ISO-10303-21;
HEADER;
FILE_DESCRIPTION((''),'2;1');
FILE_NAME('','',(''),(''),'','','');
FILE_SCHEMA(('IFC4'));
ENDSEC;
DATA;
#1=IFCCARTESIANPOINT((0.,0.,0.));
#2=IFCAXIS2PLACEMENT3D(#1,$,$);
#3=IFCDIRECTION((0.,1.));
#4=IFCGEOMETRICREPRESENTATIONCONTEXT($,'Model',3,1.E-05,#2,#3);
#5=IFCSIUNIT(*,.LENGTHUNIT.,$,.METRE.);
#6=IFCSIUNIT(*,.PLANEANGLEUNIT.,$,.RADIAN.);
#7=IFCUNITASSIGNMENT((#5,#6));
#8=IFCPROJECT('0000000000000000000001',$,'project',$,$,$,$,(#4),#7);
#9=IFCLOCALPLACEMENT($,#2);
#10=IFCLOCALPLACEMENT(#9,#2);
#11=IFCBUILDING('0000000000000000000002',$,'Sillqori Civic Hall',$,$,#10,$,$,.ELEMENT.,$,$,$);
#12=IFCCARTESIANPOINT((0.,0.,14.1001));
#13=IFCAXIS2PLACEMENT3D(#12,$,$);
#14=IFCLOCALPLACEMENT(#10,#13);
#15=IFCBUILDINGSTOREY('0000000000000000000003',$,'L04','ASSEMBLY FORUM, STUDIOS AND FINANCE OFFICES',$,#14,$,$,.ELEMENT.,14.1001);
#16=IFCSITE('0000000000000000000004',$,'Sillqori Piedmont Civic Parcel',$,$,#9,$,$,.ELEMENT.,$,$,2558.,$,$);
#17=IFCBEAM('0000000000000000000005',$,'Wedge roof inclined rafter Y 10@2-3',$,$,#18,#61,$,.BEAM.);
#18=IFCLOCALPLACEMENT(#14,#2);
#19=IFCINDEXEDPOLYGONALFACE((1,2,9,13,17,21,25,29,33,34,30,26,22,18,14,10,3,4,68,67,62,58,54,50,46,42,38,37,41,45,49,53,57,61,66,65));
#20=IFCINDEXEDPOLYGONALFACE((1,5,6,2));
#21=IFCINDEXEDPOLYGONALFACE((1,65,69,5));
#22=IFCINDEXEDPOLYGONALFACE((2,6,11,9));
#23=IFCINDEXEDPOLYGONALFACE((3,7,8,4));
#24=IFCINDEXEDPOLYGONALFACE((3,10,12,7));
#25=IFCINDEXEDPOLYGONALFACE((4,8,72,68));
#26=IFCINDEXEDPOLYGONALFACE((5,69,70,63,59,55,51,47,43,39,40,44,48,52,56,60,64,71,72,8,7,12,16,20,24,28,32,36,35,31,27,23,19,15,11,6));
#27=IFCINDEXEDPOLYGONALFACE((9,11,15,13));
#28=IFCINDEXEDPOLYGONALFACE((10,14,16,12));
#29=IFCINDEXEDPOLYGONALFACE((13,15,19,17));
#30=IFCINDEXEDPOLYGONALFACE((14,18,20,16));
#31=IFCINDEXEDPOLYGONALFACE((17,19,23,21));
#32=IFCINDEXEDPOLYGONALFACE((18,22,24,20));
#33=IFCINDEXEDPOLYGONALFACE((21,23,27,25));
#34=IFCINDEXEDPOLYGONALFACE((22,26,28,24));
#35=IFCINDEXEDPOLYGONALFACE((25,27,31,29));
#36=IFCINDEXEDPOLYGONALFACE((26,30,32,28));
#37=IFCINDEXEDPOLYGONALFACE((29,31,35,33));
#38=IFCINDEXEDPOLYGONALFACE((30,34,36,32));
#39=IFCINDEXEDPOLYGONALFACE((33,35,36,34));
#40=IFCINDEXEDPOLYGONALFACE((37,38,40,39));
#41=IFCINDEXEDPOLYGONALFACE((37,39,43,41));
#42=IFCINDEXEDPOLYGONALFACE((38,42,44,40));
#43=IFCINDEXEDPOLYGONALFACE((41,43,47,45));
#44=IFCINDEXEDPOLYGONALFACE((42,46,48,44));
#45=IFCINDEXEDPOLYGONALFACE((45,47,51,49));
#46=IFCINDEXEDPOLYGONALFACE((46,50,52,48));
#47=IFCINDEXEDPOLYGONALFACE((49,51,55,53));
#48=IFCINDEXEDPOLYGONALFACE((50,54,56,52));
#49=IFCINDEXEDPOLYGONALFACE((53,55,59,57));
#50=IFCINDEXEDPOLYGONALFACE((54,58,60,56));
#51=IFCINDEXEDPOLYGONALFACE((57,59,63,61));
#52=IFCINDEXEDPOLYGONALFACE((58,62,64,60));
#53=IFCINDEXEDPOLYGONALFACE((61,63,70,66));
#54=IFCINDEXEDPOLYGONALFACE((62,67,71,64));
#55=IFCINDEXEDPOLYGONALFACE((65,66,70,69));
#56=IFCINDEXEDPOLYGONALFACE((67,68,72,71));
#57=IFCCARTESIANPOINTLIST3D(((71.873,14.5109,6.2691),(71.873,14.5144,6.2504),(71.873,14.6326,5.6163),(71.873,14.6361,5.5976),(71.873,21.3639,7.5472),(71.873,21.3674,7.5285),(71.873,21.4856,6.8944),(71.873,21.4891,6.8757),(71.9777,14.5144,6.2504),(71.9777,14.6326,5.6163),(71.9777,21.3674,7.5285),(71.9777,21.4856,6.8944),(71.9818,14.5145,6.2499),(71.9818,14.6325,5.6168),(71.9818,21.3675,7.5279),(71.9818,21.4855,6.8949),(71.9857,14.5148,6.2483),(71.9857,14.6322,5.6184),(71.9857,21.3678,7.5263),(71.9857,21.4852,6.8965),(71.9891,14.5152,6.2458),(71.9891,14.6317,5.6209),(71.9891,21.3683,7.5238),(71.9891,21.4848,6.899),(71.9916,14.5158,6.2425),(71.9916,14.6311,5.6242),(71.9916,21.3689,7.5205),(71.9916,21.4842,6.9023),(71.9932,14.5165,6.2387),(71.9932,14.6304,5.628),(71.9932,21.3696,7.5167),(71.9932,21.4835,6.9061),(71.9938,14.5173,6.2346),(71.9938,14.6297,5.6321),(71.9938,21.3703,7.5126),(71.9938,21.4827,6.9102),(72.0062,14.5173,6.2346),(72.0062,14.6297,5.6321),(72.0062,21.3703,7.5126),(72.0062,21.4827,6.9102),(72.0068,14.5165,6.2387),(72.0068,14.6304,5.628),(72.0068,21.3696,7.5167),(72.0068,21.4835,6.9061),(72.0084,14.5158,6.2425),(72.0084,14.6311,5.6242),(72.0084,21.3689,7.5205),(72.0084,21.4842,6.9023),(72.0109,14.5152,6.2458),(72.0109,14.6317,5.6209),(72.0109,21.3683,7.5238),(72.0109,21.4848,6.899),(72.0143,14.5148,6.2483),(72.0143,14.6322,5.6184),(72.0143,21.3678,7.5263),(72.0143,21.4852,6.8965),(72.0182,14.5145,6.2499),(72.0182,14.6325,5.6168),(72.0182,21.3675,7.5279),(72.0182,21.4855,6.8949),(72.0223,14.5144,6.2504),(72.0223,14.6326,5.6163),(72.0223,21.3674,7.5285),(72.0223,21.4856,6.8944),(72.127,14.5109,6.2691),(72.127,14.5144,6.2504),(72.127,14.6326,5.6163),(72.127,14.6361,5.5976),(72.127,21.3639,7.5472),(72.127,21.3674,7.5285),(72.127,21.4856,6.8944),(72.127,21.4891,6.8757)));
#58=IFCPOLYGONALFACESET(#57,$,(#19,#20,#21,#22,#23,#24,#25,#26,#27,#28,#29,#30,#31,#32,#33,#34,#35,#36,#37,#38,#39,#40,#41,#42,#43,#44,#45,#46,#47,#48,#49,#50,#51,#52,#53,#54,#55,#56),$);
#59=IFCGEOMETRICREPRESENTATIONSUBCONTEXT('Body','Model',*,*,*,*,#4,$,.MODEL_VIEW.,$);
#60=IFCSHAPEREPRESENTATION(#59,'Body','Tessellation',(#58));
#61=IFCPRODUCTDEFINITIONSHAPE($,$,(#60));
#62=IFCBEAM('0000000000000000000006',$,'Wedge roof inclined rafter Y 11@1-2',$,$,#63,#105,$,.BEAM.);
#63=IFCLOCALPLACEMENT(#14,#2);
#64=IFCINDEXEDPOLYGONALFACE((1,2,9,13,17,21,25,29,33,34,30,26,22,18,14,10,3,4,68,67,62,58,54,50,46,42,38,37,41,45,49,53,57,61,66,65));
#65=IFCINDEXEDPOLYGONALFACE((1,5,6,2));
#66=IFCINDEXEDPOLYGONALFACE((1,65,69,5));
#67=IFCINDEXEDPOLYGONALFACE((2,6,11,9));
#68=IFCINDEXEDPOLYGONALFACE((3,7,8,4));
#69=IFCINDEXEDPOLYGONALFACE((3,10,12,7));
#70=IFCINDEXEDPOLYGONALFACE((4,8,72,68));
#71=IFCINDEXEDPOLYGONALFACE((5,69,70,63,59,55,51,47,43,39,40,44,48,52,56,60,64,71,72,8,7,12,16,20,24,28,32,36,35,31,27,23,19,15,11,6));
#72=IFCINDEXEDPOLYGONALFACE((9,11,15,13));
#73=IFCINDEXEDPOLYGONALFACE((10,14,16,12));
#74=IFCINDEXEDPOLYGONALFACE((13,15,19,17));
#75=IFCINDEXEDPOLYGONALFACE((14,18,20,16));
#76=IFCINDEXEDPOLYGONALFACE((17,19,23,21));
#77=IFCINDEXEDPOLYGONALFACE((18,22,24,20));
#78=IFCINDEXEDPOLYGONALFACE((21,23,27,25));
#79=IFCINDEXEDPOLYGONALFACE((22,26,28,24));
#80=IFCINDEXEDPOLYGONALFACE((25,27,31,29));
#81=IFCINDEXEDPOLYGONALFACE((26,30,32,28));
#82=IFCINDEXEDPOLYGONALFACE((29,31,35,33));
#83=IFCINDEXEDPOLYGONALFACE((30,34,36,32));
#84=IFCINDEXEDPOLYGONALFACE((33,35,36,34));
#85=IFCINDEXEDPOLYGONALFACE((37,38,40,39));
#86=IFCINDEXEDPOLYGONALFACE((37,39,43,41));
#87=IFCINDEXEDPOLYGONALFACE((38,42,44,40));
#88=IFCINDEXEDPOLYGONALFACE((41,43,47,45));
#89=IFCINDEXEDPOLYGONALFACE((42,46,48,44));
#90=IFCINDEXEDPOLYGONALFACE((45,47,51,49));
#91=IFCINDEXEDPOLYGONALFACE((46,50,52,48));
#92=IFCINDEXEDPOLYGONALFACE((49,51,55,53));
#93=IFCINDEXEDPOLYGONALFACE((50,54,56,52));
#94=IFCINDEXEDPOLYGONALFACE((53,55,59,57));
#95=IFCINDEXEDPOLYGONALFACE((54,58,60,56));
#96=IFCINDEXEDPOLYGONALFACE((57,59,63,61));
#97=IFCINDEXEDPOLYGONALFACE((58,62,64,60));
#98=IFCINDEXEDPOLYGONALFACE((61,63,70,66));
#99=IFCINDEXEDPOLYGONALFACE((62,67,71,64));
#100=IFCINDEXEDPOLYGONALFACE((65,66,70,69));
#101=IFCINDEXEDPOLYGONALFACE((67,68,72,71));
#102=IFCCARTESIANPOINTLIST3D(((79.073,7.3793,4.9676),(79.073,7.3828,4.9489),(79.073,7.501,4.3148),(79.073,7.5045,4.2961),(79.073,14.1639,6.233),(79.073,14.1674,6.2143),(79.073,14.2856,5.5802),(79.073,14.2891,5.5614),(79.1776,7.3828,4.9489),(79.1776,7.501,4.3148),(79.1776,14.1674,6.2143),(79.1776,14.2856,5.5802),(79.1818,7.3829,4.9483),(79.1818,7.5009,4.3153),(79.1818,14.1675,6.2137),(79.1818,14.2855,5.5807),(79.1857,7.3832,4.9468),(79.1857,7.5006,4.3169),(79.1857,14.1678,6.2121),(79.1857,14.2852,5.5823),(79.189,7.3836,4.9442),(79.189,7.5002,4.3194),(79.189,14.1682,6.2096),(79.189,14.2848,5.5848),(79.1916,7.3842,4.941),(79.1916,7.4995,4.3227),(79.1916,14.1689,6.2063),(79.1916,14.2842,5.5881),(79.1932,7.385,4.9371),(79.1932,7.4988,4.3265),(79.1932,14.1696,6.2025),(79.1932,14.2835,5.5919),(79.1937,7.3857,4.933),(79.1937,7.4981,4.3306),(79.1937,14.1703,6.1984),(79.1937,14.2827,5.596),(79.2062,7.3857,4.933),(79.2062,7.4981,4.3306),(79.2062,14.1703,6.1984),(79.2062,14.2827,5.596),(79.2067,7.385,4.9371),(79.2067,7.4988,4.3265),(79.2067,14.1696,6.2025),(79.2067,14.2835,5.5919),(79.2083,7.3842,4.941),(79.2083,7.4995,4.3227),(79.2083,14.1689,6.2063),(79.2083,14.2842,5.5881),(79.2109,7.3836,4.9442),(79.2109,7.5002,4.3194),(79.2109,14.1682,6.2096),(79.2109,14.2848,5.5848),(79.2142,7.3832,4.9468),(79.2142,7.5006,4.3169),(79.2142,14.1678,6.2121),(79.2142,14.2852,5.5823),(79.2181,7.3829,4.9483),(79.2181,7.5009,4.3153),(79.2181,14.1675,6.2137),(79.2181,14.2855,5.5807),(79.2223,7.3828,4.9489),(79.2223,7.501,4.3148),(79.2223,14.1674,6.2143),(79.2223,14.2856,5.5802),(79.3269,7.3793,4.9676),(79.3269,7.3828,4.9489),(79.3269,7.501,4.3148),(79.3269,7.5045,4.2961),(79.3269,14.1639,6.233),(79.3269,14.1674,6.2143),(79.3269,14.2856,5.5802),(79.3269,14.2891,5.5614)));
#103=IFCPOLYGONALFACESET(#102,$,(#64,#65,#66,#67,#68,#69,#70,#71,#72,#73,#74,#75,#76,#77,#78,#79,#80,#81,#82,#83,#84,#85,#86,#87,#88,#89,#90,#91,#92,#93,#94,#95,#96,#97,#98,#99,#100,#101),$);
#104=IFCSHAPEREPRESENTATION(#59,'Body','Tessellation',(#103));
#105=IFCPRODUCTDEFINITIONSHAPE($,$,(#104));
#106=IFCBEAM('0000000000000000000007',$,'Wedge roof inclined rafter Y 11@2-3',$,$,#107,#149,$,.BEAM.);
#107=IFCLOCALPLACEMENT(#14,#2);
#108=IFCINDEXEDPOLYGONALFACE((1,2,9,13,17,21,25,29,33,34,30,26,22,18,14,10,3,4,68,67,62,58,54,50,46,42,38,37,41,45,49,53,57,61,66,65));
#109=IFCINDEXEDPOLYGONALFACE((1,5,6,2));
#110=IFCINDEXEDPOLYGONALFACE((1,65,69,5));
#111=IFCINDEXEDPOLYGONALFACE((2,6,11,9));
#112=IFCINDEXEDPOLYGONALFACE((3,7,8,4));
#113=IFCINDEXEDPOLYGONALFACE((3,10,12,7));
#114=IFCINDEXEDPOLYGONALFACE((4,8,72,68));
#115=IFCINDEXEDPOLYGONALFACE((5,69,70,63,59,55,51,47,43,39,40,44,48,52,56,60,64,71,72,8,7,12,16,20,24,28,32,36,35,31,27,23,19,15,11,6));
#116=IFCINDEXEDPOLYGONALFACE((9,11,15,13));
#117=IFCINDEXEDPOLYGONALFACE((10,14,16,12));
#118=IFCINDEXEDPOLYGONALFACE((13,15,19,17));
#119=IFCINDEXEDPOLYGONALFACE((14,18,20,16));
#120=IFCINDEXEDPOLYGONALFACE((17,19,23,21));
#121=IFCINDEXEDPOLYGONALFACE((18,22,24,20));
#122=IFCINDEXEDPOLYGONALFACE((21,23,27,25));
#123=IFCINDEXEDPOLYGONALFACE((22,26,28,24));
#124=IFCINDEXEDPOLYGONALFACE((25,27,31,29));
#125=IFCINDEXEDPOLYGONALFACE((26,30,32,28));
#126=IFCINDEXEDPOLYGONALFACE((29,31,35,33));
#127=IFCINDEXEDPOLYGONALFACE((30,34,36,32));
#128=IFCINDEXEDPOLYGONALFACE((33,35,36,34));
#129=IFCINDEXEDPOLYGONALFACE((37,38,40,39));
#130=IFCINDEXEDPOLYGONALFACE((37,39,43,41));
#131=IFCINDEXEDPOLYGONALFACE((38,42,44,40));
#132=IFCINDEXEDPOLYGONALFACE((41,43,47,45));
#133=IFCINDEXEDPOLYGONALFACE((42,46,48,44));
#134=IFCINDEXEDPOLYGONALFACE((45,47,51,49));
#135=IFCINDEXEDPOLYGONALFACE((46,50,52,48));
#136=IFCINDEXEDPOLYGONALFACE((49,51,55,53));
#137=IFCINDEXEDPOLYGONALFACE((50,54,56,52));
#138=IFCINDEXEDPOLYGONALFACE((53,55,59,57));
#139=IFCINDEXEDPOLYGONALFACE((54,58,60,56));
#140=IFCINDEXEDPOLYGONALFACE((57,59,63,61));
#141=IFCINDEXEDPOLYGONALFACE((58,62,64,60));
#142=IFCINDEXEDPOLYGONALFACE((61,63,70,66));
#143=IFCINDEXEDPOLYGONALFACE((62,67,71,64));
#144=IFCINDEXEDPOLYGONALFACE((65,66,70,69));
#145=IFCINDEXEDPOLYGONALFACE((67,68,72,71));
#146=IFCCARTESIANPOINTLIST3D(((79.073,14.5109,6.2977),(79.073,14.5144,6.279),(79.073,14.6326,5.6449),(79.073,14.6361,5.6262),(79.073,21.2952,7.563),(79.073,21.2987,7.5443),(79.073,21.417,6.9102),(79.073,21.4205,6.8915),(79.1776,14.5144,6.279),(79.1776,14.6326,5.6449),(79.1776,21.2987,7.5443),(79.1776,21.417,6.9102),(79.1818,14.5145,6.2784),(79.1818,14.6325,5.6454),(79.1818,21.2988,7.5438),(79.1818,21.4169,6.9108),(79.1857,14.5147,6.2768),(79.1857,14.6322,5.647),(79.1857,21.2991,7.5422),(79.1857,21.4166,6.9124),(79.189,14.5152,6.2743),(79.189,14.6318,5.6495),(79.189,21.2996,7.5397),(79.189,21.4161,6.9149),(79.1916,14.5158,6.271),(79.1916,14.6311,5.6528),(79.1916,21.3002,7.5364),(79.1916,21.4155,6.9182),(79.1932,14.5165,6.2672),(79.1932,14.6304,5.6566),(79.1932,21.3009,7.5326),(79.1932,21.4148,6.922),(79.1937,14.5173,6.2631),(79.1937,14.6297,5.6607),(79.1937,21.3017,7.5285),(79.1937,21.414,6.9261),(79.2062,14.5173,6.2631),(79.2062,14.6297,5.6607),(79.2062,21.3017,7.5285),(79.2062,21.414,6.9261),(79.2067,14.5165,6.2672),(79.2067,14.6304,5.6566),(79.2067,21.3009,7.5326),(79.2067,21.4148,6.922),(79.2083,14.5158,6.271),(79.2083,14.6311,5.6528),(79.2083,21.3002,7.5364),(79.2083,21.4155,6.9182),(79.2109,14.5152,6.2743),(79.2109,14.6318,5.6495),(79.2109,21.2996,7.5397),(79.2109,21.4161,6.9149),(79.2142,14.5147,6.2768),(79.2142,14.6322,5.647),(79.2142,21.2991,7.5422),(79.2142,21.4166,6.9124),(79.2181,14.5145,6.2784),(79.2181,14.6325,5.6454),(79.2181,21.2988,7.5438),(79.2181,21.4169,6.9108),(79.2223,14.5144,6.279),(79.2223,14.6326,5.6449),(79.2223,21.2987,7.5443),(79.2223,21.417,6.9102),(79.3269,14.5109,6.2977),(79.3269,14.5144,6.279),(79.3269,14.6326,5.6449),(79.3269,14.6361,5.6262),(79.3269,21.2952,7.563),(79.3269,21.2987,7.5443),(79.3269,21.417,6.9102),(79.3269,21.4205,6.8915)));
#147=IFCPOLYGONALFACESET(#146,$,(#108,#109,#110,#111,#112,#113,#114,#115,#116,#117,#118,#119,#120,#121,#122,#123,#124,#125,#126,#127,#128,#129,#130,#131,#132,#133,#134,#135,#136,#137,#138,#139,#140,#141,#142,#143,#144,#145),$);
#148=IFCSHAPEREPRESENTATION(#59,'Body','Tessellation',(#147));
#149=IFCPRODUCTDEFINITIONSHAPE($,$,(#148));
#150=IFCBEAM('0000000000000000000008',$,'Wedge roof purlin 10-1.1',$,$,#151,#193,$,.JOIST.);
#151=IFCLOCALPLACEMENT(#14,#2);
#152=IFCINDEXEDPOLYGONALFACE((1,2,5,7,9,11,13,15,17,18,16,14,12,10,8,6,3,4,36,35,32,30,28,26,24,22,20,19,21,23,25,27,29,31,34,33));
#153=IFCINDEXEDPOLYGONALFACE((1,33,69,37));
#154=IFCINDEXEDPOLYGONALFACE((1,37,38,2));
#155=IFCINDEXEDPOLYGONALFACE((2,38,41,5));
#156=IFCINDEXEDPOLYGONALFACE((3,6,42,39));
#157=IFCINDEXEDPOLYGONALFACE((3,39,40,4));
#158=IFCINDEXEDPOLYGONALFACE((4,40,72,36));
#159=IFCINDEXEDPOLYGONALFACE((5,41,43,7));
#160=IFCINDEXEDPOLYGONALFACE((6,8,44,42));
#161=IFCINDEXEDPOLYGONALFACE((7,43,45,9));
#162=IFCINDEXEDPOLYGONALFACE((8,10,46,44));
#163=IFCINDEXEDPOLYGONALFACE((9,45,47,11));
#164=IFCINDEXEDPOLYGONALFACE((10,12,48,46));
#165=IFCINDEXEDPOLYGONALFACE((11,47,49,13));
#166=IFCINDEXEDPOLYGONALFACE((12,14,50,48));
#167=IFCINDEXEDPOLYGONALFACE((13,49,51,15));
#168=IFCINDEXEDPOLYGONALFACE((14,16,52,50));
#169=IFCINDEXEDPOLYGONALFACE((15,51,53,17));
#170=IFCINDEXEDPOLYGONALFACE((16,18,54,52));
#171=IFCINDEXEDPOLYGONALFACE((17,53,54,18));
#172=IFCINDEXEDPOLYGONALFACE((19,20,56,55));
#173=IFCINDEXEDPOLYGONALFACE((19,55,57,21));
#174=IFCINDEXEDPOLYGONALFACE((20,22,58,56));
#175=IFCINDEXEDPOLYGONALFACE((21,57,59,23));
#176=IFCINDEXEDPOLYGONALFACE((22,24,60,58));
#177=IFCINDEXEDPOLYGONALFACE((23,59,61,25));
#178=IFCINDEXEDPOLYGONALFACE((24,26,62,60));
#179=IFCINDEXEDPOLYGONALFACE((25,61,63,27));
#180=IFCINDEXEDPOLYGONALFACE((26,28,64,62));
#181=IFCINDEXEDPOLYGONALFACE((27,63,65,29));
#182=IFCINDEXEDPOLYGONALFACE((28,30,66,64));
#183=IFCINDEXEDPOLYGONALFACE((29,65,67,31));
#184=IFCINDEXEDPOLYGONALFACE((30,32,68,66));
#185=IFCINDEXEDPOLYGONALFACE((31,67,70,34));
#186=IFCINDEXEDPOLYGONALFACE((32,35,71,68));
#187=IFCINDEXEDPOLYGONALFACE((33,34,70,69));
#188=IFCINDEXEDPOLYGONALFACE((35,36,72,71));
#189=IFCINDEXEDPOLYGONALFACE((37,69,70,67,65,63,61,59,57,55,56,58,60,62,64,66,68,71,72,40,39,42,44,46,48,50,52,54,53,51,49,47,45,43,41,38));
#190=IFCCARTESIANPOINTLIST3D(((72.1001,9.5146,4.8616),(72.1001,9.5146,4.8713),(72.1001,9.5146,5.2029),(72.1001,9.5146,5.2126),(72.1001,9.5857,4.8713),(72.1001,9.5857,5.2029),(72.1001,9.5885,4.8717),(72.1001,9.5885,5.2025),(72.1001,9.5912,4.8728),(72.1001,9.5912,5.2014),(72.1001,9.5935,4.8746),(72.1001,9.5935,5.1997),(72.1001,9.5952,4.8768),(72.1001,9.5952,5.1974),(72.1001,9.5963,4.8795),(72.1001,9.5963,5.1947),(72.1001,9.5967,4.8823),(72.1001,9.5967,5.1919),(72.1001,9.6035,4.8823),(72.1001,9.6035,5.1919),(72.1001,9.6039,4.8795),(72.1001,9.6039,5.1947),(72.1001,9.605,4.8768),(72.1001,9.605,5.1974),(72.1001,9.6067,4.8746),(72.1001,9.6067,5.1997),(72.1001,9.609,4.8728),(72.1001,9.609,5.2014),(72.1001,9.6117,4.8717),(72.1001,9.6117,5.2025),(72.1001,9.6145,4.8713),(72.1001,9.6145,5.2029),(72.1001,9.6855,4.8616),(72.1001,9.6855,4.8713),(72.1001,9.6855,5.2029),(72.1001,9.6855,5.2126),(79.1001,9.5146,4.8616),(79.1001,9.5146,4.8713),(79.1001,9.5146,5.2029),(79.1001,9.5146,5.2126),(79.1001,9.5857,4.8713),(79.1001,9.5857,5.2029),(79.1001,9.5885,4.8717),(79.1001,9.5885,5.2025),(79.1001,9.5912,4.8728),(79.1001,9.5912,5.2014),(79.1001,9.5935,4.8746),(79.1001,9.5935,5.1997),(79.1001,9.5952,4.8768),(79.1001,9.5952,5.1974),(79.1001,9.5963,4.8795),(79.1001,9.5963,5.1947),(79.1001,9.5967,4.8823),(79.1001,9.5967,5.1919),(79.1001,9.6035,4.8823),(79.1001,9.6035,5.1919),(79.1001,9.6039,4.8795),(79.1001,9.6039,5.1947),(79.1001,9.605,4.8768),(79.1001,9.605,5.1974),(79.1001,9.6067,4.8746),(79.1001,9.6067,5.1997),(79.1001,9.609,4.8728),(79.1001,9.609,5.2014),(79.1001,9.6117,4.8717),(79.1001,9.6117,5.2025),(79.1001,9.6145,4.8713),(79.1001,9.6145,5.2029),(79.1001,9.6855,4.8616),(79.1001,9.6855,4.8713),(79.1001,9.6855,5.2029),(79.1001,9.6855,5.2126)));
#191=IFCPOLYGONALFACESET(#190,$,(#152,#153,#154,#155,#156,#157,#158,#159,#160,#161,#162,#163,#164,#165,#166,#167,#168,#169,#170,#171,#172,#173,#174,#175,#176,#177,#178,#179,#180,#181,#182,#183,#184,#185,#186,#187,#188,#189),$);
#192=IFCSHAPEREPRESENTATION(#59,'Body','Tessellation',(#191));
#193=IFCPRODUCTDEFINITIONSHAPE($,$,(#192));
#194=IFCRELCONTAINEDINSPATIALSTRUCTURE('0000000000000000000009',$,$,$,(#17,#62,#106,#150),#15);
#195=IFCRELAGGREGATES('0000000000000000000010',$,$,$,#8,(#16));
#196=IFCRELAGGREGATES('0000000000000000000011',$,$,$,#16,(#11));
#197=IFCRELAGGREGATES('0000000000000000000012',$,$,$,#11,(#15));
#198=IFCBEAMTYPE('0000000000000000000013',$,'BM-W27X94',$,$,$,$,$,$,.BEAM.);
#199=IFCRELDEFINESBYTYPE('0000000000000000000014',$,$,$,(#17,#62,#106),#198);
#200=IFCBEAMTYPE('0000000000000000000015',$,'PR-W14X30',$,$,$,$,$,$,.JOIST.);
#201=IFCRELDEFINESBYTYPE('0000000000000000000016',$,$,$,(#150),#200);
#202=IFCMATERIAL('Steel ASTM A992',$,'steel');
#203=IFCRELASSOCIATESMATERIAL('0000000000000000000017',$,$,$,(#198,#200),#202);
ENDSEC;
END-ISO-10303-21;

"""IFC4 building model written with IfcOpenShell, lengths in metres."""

from ifc_helpers import new_model, si_unit, direction, frame, origin, origin_2d, place, context, subcontext, project, spatial, i_section, extrude, material, material_profile, profile_set, type_object, element, save


model = new_model("IFC4")

# Units and contexts
model_context = context("Model", 3, precision=1e-05, world=origin(), true_north=direction((0.0, 1.0)))
body_context = subcontext(model_context, "Body", "Model", "MODEL_VIEW")
ifc_project = project(units=[si_unit("LENGTHUNIT", "METRE"), si_unit("PLANEANGLEUNIT", "RADIAN")], contexts=[model_context])

# Site, building, storey
site_placement = place(None, origin())
site = spatial("IfcSite", under=ifc_project, at=site_placement, Name="Sillqori Piedmont Civic Parcel", CompositionType="ELEMENT", RefElevation=2558.0)
building_placement = place(site_placement, origin())
building = spatial("IfcBuilding", under=site, at=building_placement, Name="Sillqori Civic Hall", CompositionType="ELEMENT")
storey_placement = place(building_placement, frame((0.0, 0.0, 14.1001)))
storey = spatial("IfcBuildingStorey", under=building, at=storey_placement, Name="L04", Description="ASSEMBLY FORUM, STUDIOS AND FINANCE OFFICES", CompositionType="ELEMENT", Elevation=14.1001)

# Shared definitions
ifc_material_1 = material(Name="Steel ASTM A992", Category="steel")

# Beams
ifc_material_profile_1 = material_profile(ifc_material_1, i_section(OverallWidth=0.2539, OverallDepth=0.6831, WebThickness=0.0125, FlangeThickness=0.019, FilletRadius=0.0161, at=origin_2d()), Name="W27X94")
ifc_profile_set_1 = profile_set([ifc_material_profile_1], Name="Steel ASTM A992")
beam_type_1 = type_object("IfcBeamType", Name="BM-W27X94", PredefinedType="BEAM", material=ifc_profile_set_1)
beam_1_placement = place(storey_placement, frame((72.0, 14.5735, 5.9333), z_axis=(0.0, 0.98305, 0.183337), x_axis=(-1.0, 0.0, 0.0)))
element("IfcBeam", 1, at=beam_1_placement, inside=storey, type_object=beam_type_1, Name="Wedge roof inclined rafter Y 10@2-3", PredefinedType="BEAM", context=body_context, shape_type="SweptSolid", body=[
    extrude(i_section(OverallWidth=0.2539, OverallDepth=0.6831, WebThickness=0.0125, FlangeThickness=0.019, FilletRadius=0.0161, at=origin_2d()), origin(), (0.0, 0.0, 1.0), 6.9712),
])
beam_2_placement = place(storey_placement, frame((79.2, 7.4419, 4.6318), z_axis=(0.0, 0.983049, 0.183344), x_axis=(-1.0, 0.0, 0.0)))
element("IfcBeam", 2, at=beam_2_placement, inside=storey, type_object=beam_type_1, Name="Wedge roof inclined rafter Y 11@1-2", PredefinedType="BEAM", context=body_context, shape_type="SweptSolid", body=[
    extrude(i_section(OverallWidth=0.2539, OverallDepth=0.6831, WebThickness=0.0125, FlangeThickness=0.019, FilletRadius=0.0161, at=origin_2d()), origin(), (0.0, 0.0, 1.0), 6.9016),
])
beam_3_placement = place(storey_placement, frame((79.2, 14.5735, 5.9619), z_axis=(0.0, 0.983048, 0.183351), x_axis=(-1.0, 0.0, 0.0)))
element("IfcBeam", 3, at=beam_3_placement, inside=storey, type_object=beam_type_1, Name="Wedge roof inclined rafter Y 11@2-3", PredefinedType="BEAM", context=body_context, shape_type="SweptSolid", body=[
    extrude(i_section(OverallWidth=0.2539, OverallDepth=0.6831, WebThickness=0.0125, FlangeThickness=0.019, FilletRadius=0.0161, at=origin_2d()), origin(), (0.0, 0.0, 1.0), 6.9014),
])
ifc_material_profile_2 = material_profile(ifc_material_1, i_section(OverallWidth=0.1709, OverallDepth=0.3511, WebThickness=0.0068, FlangeThickness=0.0098, FilletRadius=0.011, at=origin_2d()), Name="W14X30")
ifc_profile_set_2 = profile_set([ifc_material_profile_2], Name="Steel ASTM A992")
beam_type_2 = type_object("IfcBeamType", Name="PR-W14X30", PredefinedType="JOIST", material=ifc_profile_set_2)
for number, where, z_axis, x_axis, name in (
    (4, (72.1001, 9.6001, 5.0371), (1.0, 0.0, 0.0), (0.0, 1.0, 0.0), "Wedge roof purlin 10-1.1"),
):
    element("IfcBeam", number, at=place(storey_placement, frame(where, z_axis=z_axis, x_axis=x_axis)), inside=storey, type_object=beam_type_2, Name=name, PredefinedType="JOIST", context=body_context, shape_type="SweptSolid", body=[
        extrude(i_section(OverallWidth=0.1709, OverallDepth=0.3511, WebThickness=0.0068, FlangeThickness=0.0098, FilletRadius=0.011, at=origin_2d()), origin(), (0.0, 0.0, 1.0), 7.0),
    ])

save(model, "model.ifc")
